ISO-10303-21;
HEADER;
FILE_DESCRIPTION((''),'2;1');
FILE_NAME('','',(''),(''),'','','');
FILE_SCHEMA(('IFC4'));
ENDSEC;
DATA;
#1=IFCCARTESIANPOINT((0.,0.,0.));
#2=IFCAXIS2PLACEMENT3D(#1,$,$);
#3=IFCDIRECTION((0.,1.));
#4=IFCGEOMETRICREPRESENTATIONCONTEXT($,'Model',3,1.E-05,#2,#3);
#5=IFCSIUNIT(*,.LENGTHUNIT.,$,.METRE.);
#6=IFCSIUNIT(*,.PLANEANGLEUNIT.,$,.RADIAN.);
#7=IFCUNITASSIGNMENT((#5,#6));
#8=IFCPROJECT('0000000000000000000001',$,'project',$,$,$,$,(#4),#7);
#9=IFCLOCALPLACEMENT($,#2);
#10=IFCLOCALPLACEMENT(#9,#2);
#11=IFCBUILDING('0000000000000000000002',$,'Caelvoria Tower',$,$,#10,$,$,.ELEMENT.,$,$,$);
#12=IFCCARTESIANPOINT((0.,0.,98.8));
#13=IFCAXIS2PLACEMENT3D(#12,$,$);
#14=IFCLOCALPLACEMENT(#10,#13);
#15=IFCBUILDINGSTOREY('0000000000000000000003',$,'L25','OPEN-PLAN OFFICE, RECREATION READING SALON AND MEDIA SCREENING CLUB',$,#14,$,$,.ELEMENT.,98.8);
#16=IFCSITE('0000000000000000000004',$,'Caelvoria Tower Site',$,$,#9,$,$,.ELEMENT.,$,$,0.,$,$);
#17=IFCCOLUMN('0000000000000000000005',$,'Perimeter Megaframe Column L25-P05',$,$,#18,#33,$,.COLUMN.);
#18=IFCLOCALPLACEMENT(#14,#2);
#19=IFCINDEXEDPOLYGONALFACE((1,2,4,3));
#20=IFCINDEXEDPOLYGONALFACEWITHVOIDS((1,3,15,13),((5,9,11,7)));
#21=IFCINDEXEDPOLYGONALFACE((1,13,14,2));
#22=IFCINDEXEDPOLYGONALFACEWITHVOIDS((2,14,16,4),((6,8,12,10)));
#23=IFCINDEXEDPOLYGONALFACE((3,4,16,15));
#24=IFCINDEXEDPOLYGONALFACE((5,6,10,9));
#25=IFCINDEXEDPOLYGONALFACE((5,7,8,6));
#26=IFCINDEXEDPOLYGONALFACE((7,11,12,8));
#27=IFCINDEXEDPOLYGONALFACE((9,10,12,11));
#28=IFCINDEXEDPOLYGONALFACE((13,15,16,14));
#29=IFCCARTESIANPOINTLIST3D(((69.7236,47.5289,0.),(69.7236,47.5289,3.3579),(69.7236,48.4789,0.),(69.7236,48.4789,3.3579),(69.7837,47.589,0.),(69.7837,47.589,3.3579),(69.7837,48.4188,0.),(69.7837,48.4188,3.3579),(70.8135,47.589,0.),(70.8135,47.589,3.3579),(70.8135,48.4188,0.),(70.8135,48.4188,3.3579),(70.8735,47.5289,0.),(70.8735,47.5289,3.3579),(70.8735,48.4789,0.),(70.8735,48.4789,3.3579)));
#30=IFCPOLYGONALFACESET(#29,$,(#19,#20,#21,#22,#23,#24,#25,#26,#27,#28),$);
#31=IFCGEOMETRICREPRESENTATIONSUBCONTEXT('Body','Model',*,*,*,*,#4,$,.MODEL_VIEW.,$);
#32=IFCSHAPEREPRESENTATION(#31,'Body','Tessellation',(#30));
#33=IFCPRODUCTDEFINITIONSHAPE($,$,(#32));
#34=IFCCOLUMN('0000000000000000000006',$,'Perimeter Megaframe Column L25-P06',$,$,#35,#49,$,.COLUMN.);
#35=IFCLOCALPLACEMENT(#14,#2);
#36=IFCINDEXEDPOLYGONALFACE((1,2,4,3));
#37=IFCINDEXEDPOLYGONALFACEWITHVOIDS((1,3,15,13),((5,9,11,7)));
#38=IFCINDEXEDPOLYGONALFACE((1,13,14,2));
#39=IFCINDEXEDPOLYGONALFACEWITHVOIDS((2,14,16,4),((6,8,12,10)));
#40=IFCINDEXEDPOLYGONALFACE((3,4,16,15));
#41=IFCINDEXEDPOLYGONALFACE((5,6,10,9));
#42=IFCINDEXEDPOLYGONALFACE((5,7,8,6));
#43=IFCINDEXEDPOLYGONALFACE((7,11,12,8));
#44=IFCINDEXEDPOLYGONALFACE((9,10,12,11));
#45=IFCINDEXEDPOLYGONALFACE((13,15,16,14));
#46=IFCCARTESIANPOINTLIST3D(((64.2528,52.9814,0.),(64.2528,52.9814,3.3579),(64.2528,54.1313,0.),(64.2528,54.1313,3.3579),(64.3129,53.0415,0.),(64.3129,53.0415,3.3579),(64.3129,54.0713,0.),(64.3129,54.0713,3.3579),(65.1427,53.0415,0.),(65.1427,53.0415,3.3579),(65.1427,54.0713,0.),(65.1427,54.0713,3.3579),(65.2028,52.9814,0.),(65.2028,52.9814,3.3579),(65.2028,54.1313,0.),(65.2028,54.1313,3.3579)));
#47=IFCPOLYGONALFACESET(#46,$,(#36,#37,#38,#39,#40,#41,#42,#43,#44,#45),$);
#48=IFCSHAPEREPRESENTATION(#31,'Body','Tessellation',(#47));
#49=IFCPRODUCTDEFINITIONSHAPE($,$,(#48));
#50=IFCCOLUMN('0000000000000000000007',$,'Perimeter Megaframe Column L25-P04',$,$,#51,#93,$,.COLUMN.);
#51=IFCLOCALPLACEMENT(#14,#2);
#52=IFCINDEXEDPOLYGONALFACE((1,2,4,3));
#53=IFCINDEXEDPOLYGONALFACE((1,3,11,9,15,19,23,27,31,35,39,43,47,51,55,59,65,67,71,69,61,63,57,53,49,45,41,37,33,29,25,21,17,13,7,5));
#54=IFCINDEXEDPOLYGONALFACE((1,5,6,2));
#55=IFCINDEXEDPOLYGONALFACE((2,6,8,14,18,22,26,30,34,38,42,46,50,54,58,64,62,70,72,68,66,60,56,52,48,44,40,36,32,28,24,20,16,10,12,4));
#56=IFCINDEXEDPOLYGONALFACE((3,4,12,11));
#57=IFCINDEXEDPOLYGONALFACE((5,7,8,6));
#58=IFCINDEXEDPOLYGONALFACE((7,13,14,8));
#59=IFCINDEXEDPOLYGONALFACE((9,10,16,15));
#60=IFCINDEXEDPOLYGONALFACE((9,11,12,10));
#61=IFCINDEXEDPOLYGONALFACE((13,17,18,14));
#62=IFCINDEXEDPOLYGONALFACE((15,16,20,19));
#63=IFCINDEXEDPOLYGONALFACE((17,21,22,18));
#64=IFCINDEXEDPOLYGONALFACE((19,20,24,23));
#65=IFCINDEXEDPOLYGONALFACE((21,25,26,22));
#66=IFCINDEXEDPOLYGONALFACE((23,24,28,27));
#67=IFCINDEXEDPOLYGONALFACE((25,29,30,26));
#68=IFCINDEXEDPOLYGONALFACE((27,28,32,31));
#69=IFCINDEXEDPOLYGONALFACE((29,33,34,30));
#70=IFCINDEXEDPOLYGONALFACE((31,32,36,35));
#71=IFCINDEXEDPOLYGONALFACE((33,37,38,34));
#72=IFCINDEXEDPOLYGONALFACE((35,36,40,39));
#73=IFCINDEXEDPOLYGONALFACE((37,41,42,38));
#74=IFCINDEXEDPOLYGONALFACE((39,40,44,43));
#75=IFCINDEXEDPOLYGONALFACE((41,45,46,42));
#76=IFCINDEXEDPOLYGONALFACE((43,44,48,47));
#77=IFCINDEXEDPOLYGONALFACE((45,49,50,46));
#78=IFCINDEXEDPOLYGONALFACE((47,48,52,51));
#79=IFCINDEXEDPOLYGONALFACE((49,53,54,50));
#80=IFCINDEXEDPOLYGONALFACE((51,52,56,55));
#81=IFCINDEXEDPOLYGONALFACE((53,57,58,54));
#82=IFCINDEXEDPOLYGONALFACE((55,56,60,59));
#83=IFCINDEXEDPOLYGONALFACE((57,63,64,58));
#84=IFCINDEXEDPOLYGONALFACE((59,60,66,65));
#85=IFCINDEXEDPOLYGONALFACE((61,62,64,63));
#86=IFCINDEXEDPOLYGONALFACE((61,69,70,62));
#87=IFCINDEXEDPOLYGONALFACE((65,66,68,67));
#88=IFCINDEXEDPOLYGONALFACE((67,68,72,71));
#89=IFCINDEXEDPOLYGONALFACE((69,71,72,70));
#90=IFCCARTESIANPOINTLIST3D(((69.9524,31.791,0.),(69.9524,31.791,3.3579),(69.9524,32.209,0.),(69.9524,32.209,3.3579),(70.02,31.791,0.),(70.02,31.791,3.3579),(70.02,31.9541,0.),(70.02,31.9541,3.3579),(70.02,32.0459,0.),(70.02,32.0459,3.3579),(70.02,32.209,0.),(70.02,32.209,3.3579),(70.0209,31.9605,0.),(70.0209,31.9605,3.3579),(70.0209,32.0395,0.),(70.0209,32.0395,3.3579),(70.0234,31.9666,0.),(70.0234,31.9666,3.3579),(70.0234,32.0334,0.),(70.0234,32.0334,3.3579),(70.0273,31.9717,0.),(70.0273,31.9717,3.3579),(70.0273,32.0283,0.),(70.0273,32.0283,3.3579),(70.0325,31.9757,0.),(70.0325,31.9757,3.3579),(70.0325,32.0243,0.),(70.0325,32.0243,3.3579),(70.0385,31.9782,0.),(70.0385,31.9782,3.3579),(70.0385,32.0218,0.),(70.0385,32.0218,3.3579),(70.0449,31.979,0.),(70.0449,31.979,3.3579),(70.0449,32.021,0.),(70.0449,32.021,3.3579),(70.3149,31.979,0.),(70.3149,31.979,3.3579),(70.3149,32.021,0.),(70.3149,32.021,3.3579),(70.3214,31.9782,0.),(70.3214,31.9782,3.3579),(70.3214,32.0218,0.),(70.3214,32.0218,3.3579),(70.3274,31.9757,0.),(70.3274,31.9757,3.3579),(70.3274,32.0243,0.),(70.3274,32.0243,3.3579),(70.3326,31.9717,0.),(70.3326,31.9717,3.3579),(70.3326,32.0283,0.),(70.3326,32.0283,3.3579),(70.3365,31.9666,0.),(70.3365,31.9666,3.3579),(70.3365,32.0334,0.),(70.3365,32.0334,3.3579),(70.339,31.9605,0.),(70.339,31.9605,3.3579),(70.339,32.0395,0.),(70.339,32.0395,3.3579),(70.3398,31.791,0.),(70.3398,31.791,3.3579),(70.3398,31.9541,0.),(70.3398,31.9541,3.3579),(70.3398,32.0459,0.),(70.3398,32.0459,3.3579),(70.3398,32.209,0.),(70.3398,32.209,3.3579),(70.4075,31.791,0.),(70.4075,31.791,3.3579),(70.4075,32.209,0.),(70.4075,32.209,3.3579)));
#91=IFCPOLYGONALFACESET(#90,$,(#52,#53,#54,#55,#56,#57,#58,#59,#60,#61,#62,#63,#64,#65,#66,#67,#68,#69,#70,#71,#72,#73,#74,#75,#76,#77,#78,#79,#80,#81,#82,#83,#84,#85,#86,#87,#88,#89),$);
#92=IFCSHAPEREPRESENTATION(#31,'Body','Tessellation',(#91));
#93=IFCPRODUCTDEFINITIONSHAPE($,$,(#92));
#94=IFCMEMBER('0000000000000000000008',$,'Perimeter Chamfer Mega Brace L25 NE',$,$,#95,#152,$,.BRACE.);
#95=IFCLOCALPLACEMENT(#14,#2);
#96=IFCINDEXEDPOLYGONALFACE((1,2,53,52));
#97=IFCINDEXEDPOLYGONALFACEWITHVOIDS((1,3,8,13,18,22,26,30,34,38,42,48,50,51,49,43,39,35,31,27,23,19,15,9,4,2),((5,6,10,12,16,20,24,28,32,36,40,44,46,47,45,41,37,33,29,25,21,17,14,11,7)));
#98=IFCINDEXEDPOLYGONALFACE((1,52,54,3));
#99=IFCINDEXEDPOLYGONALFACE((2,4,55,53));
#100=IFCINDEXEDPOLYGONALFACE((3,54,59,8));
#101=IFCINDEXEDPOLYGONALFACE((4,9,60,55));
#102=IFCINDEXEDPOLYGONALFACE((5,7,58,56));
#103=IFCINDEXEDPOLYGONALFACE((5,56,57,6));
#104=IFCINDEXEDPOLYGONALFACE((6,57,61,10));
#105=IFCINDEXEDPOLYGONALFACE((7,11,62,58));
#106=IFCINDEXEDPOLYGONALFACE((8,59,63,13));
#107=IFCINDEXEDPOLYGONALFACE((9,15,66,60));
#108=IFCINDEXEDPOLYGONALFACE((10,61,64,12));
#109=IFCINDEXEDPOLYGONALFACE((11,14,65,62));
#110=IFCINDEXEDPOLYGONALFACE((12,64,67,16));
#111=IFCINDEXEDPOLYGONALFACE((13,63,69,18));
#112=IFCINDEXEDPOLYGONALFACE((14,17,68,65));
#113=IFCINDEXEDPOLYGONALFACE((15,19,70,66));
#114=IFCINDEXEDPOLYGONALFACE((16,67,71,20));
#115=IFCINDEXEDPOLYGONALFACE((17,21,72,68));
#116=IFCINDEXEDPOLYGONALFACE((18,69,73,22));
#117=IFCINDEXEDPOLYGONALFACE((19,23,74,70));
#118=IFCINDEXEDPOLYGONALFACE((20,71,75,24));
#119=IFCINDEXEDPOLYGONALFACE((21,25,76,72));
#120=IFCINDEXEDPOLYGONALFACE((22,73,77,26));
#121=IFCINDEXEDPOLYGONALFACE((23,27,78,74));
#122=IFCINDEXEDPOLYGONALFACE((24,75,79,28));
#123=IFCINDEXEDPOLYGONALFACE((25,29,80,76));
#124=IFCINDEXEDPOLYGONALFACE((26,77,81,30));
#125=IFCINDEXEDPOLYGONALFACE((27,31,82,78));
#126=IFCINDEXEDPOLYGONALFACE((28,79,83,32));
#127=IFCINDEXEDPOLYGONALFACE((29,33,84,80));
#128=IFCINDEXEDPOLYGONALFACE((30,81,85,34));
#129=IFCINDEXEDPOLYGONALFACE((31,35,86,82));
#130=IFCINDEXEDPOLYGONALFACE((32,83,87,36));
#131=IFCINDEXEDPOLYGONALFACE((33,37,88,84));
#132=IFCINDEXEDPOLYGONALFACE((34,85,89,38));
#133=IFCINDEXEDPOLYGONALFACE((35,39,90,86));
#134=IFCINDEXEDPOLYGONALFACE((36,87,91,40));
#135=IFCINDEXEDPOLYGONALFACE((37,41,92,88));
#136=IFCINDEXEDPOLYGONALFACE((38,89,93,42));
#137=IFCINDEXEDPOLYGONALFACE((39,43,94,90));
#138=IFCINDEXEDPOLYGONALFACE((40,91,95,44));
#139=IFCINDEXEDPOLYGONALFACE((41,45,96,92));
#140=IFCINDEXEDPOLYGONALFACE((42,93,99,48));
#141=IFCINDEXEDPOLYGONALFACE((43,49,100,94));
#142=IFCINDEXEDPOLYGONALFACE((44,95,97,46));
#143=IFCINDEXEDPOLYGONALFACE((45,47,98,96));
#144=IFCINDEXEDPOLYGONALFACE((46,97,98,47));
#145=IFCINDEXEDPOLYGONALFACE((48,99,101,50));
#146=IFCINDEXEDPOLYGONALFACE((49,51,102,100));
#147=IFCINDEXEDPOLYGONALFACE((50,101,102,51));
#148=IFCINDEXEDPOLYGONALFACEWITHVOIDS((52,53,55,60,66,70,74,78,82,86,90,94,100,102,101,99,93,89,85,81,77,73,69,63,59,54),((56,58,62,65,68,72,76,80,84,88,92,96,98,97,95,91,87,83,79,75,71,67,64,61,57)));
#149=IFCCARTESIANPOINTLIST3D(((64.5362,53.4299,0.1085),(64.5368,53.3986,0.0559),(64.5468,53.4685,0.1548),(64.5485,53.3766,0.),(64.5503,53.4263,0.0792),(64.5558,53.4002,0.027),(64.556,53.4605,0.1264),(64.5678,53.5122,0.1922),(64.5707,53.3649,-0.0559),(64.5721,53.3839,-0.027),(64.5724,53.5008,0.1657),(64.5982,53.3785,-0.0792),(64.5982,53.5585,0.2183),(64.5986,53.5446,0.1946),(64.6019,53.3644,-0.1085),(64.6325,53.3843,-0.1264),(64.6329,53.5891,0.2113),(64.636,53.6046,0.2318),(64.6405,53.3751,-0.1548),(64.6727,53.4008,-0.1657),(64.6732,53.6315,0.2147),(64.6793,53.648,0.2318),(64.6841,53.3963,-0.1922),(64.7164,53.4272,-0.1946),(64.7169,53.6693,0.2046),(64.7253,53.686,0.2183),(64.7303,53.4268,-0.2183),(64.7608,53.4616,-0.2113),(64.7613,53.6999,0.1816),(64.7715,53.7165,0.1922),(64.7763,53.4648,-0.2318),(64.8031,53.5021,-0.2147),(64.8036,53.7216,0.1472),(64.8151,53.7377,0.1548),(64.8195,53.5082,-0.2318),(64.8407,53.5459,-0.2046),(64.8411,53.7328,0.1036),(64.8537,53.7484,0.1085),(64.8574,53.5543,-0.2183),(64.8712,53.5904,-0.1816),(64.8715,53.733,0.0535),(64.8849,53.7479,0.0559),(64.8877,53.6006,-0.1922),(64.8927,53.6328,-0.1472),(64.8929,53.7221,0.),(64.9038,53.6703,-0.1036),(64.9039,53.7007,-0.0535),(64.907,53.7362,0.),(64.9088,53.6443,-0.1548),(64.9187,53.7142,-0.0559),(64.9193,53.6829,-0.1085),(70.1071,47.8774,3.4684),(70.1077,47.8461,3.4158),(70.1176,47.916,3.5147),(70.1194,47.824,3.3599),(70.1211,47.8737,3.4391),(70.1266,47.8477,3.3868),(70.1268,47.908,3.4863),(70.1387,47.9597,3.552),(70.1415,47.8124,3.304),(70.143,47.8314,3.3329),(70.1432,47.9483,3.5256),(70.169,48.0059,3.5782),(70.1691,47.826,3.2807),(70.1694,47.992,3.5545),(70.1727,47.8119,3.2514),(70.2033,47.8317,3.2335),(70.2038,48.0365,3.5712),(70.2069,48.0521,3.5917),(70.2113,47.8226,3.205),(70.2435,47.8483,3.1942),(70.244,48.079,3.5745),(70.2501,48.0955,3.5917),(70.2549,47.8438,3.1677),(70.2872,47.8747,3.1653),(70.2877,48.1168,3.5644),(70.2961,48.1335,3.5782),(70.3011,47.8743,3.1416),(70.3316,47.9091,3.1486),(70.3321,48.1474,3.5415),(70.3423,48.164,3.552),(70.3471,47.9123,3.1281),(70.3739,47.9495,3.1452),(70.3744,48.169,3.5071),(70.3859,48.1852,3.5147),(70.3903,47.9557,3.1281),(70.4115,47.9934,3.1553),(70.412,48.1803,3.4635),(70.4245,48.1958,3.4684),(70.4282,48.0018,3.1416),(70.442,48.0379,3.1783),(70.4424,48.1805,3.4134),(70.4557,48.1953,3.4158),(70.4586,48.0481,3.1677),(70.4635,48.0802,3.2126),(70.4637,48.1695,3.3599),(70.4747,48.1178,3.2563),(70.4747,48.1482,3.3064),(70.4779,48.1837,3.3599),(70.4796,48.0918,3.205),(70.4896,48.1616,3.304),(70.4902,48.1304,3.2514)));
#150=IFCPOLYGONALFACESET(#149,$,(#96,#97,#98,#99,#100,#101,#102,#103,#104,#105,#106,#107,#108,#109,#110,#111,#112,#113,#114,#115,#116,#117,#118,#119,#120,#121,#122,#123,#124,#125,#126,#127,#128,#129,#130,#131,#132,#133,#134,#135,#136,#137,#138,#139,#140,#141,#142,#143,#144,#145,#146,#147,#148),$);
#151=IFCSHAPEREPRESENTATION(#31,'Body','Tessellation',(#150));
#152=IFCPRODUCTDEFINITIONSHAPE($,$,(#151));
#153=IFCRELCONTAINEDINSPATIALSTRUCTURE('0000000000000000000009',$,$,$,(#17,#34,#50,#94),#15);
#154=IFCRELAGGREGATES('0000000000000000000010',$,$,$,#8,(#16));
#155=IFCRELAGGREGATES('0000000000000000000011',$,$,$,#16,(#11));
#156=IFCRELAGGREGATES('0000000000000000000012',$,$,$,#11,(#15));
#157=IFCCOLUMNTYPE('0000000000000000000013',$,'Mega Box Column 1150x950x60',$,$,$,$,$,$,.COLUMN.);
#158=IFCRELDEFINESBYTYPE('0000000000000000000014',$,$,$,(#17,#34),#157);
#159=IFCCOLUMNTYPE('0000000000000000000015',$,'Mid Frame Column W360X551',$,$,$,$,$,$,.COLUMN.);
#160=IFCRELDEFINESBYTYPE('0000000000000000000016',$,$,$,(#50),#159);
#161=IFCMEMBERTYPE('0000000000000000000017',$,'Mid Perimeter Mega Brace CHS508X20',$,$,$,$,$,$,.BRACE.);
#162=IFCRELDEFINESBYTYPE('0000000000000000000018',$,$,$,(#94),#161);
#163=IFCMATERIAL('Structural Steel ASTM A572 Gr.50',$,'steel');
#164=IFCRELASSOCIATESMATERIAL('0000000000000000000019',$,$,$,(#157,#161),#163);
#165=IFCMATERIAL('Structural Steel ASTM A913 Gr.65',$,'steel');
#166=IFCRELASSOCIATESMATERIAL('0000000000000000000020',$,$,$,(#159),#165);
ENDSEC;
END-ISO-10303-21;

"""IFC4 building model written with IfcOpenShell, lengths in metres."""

from ifc_helpers import new_model, si_unit, direction, frame, origin, origin_2d, place, context, subcontext, project, spatial, hollow_rectangle, hollow_circle, i_section, extrude, material, material_profile, profile_set, type_object, element, save


model = new_model("IFC4")

# Units and contexts
model_context = context("Model", 3, precision=1e-05, world=origin(), true_north=direction((0.0, 1.0)))
body_context = subcontext(model_context, "Body", "Model", "MODEL_VIEW")
ifc_project = project(units=[si_unit("LENGTHUNIT", "METRE"), si_unit("PLANEANGLEUNIT", "RADIAN")], contexts=[model_context])

# Site, building, storey
site_placement = place(None, origin())
site = spatial("IfcSite", under=ifc_project, at=site_placement, Name="Caelvoria Tower Site", CompositionType="ELEMENT", RefElevation=0.0)
building_placement = place(site_placement, origin())
building = spatial("IfcBuilding", under=site, at=building_placement, Name="Caelvoria Tower", CompositionType="ELEMENT")
storey_placement = place(building_placement, frame((0.0, 0.0, 98.8)))
storey = spatial("IfcBuildingStorey", under=building, at=storey_placement, Name="L25", Description="OPEN-PLAN OFFICE, RECREATION READING SALON AND MEDIA SCREENING CLUB", CompositionType="ELEMENT", Elevation=98.8)

# Columns
ifc_material_1 = material(Name="Structural Steel ASTM A572 Gr.50", Category="steel")
ifc_material_profile_1 = material_profile(ifc_material_1, hollow_rectangle(XDim=0.95, YDim=1.1499, WallThickness=0.0601, at=origin_2d()), Name="Structural Steel ASTM A572 Gr.50")
ifc_profile_set_1 = profile_set([ifc_material_profile_1], Name="BOX1150X950X60 - Structural Steel ASTM A572 Gr.50")
column_type_1 = type_object("IfcColumnType", Name="Mega Box Column 1150x950x60", PredefinedType="COLUMN", material=ifc_profile_set_1)
for number, where, z_axis, x_axis, name in (
    (1, (70.2986, 48.0039, 0.0), (0.0, 0.0, 1.0), (0.0, 1.0, 0.0), "Perimeter Megaframe Column L25-P05"),
    (2, (64.7278, 53.5564, 0.0), (0.0, 0.0, 1.0), (1.0, 0.0, 0.0), "Perimeter Megaframe Column L25-P06"),
):
    element("IfcColumn", number, at=place(storey_placement, frame(where, z_axis=z_axis, x_axis=x_axis)), inside=storey, type_object=column_type_1, Name=name, PredefinedType="COLUMN", context=body_context, shape_type="SweptSolid", body=[
        extrude(hollow_rectangle(XDim=0.95, YDim=1.1499, WallThickness=0.0601, at=origin_2d()), origin(), (0.0, 0.0, 1.0), 3.3579),
    ])
ifc_material_2 = material(Name="Structural Steel ASTM A913 Gr.65", Category="steel")
ifc_material_profile_2 = material_profile(ifc_material_2, i_section(OverallWidth=0.418, OverallDepth=0.4551, WebThickness=0.042, FlangeThickness=0.0676, FilletRadius=0.0249, at=origin_2d()), Name="Structural Steel ASTM A913 Gr.65")
ifc_profile_set_2 = profile_set([ifc_material_profile_2], Name="W360X551 - Structural Steel ASTM A913 Gr.65")
column_type_2 = type_object("IfcColumnType", Name="Mid Frame Column W360X551", PredefinedType="COLUMN", material=ifc_profile_set_2)
column_placement = place(storey_placement, frame((70.1799, 32.0, 0.0), z_axis=(0.0, 0.0, 1.0), x_axis=(0.0, 1.0, 0.0)))
element("IfcColumn", 3, at=column_placement, inside=storey, type_object=column_type_2, Name="Perimeter Megaframe Column L25-P04", PredefinedType="COLUMN", context=body_context, shape_type="SweptSolid", body=[
    extrude(i_section(OverallWidth=0.418, OverallDepth=0.4551, WebThickness=0.042, FlangeThickness=0.0676, FilletRadius=0.0249, at=origin_2d()), origin(), (0.0, 0.0, 1.0), 3.3579),
])

# Member
ifc_material_profile_3 = material_profile(ifc_material_1, hollow_circle(Radius=0.2539, WallThickness=0.02, at=origin_2d()), Name="Structural Steel ASTM A572 Gr.50")
ifc_profile_set_3 = profile_set([ifc_material_profile_3], Name="CHS508X20 - Structural Steel ASTM A572 Gr.50")
member_type = type_object("IfcMemberType", Name="Mid Perimeter Mega Brace CHS508X20", PredefinedType="BRACE", material=ifc_profile_set_3)
member_placement = place(storey_placement, frame((64.7278, 53.5564, 0.0), z_axis=(0.651332, -0.649191, 0.392832), x_axis=(0.705942, 0.70827, 0.0)))
element("IfcMember", 4, at=member_placement, inside=storey, type_object=member_type, Name="Perimeter Chamfer Mega Brace L25 NE", PredefinedType="BRACE", context=body_context, shape_type="SweptSolid", body=[
    extrude(hollow_circle(Radius=0.2539, WallThickness=0.02, at=origin_2d()), origin(), (0.0, 0.0, 1.0), 8.553),
])

save(model, "model.ifc")
